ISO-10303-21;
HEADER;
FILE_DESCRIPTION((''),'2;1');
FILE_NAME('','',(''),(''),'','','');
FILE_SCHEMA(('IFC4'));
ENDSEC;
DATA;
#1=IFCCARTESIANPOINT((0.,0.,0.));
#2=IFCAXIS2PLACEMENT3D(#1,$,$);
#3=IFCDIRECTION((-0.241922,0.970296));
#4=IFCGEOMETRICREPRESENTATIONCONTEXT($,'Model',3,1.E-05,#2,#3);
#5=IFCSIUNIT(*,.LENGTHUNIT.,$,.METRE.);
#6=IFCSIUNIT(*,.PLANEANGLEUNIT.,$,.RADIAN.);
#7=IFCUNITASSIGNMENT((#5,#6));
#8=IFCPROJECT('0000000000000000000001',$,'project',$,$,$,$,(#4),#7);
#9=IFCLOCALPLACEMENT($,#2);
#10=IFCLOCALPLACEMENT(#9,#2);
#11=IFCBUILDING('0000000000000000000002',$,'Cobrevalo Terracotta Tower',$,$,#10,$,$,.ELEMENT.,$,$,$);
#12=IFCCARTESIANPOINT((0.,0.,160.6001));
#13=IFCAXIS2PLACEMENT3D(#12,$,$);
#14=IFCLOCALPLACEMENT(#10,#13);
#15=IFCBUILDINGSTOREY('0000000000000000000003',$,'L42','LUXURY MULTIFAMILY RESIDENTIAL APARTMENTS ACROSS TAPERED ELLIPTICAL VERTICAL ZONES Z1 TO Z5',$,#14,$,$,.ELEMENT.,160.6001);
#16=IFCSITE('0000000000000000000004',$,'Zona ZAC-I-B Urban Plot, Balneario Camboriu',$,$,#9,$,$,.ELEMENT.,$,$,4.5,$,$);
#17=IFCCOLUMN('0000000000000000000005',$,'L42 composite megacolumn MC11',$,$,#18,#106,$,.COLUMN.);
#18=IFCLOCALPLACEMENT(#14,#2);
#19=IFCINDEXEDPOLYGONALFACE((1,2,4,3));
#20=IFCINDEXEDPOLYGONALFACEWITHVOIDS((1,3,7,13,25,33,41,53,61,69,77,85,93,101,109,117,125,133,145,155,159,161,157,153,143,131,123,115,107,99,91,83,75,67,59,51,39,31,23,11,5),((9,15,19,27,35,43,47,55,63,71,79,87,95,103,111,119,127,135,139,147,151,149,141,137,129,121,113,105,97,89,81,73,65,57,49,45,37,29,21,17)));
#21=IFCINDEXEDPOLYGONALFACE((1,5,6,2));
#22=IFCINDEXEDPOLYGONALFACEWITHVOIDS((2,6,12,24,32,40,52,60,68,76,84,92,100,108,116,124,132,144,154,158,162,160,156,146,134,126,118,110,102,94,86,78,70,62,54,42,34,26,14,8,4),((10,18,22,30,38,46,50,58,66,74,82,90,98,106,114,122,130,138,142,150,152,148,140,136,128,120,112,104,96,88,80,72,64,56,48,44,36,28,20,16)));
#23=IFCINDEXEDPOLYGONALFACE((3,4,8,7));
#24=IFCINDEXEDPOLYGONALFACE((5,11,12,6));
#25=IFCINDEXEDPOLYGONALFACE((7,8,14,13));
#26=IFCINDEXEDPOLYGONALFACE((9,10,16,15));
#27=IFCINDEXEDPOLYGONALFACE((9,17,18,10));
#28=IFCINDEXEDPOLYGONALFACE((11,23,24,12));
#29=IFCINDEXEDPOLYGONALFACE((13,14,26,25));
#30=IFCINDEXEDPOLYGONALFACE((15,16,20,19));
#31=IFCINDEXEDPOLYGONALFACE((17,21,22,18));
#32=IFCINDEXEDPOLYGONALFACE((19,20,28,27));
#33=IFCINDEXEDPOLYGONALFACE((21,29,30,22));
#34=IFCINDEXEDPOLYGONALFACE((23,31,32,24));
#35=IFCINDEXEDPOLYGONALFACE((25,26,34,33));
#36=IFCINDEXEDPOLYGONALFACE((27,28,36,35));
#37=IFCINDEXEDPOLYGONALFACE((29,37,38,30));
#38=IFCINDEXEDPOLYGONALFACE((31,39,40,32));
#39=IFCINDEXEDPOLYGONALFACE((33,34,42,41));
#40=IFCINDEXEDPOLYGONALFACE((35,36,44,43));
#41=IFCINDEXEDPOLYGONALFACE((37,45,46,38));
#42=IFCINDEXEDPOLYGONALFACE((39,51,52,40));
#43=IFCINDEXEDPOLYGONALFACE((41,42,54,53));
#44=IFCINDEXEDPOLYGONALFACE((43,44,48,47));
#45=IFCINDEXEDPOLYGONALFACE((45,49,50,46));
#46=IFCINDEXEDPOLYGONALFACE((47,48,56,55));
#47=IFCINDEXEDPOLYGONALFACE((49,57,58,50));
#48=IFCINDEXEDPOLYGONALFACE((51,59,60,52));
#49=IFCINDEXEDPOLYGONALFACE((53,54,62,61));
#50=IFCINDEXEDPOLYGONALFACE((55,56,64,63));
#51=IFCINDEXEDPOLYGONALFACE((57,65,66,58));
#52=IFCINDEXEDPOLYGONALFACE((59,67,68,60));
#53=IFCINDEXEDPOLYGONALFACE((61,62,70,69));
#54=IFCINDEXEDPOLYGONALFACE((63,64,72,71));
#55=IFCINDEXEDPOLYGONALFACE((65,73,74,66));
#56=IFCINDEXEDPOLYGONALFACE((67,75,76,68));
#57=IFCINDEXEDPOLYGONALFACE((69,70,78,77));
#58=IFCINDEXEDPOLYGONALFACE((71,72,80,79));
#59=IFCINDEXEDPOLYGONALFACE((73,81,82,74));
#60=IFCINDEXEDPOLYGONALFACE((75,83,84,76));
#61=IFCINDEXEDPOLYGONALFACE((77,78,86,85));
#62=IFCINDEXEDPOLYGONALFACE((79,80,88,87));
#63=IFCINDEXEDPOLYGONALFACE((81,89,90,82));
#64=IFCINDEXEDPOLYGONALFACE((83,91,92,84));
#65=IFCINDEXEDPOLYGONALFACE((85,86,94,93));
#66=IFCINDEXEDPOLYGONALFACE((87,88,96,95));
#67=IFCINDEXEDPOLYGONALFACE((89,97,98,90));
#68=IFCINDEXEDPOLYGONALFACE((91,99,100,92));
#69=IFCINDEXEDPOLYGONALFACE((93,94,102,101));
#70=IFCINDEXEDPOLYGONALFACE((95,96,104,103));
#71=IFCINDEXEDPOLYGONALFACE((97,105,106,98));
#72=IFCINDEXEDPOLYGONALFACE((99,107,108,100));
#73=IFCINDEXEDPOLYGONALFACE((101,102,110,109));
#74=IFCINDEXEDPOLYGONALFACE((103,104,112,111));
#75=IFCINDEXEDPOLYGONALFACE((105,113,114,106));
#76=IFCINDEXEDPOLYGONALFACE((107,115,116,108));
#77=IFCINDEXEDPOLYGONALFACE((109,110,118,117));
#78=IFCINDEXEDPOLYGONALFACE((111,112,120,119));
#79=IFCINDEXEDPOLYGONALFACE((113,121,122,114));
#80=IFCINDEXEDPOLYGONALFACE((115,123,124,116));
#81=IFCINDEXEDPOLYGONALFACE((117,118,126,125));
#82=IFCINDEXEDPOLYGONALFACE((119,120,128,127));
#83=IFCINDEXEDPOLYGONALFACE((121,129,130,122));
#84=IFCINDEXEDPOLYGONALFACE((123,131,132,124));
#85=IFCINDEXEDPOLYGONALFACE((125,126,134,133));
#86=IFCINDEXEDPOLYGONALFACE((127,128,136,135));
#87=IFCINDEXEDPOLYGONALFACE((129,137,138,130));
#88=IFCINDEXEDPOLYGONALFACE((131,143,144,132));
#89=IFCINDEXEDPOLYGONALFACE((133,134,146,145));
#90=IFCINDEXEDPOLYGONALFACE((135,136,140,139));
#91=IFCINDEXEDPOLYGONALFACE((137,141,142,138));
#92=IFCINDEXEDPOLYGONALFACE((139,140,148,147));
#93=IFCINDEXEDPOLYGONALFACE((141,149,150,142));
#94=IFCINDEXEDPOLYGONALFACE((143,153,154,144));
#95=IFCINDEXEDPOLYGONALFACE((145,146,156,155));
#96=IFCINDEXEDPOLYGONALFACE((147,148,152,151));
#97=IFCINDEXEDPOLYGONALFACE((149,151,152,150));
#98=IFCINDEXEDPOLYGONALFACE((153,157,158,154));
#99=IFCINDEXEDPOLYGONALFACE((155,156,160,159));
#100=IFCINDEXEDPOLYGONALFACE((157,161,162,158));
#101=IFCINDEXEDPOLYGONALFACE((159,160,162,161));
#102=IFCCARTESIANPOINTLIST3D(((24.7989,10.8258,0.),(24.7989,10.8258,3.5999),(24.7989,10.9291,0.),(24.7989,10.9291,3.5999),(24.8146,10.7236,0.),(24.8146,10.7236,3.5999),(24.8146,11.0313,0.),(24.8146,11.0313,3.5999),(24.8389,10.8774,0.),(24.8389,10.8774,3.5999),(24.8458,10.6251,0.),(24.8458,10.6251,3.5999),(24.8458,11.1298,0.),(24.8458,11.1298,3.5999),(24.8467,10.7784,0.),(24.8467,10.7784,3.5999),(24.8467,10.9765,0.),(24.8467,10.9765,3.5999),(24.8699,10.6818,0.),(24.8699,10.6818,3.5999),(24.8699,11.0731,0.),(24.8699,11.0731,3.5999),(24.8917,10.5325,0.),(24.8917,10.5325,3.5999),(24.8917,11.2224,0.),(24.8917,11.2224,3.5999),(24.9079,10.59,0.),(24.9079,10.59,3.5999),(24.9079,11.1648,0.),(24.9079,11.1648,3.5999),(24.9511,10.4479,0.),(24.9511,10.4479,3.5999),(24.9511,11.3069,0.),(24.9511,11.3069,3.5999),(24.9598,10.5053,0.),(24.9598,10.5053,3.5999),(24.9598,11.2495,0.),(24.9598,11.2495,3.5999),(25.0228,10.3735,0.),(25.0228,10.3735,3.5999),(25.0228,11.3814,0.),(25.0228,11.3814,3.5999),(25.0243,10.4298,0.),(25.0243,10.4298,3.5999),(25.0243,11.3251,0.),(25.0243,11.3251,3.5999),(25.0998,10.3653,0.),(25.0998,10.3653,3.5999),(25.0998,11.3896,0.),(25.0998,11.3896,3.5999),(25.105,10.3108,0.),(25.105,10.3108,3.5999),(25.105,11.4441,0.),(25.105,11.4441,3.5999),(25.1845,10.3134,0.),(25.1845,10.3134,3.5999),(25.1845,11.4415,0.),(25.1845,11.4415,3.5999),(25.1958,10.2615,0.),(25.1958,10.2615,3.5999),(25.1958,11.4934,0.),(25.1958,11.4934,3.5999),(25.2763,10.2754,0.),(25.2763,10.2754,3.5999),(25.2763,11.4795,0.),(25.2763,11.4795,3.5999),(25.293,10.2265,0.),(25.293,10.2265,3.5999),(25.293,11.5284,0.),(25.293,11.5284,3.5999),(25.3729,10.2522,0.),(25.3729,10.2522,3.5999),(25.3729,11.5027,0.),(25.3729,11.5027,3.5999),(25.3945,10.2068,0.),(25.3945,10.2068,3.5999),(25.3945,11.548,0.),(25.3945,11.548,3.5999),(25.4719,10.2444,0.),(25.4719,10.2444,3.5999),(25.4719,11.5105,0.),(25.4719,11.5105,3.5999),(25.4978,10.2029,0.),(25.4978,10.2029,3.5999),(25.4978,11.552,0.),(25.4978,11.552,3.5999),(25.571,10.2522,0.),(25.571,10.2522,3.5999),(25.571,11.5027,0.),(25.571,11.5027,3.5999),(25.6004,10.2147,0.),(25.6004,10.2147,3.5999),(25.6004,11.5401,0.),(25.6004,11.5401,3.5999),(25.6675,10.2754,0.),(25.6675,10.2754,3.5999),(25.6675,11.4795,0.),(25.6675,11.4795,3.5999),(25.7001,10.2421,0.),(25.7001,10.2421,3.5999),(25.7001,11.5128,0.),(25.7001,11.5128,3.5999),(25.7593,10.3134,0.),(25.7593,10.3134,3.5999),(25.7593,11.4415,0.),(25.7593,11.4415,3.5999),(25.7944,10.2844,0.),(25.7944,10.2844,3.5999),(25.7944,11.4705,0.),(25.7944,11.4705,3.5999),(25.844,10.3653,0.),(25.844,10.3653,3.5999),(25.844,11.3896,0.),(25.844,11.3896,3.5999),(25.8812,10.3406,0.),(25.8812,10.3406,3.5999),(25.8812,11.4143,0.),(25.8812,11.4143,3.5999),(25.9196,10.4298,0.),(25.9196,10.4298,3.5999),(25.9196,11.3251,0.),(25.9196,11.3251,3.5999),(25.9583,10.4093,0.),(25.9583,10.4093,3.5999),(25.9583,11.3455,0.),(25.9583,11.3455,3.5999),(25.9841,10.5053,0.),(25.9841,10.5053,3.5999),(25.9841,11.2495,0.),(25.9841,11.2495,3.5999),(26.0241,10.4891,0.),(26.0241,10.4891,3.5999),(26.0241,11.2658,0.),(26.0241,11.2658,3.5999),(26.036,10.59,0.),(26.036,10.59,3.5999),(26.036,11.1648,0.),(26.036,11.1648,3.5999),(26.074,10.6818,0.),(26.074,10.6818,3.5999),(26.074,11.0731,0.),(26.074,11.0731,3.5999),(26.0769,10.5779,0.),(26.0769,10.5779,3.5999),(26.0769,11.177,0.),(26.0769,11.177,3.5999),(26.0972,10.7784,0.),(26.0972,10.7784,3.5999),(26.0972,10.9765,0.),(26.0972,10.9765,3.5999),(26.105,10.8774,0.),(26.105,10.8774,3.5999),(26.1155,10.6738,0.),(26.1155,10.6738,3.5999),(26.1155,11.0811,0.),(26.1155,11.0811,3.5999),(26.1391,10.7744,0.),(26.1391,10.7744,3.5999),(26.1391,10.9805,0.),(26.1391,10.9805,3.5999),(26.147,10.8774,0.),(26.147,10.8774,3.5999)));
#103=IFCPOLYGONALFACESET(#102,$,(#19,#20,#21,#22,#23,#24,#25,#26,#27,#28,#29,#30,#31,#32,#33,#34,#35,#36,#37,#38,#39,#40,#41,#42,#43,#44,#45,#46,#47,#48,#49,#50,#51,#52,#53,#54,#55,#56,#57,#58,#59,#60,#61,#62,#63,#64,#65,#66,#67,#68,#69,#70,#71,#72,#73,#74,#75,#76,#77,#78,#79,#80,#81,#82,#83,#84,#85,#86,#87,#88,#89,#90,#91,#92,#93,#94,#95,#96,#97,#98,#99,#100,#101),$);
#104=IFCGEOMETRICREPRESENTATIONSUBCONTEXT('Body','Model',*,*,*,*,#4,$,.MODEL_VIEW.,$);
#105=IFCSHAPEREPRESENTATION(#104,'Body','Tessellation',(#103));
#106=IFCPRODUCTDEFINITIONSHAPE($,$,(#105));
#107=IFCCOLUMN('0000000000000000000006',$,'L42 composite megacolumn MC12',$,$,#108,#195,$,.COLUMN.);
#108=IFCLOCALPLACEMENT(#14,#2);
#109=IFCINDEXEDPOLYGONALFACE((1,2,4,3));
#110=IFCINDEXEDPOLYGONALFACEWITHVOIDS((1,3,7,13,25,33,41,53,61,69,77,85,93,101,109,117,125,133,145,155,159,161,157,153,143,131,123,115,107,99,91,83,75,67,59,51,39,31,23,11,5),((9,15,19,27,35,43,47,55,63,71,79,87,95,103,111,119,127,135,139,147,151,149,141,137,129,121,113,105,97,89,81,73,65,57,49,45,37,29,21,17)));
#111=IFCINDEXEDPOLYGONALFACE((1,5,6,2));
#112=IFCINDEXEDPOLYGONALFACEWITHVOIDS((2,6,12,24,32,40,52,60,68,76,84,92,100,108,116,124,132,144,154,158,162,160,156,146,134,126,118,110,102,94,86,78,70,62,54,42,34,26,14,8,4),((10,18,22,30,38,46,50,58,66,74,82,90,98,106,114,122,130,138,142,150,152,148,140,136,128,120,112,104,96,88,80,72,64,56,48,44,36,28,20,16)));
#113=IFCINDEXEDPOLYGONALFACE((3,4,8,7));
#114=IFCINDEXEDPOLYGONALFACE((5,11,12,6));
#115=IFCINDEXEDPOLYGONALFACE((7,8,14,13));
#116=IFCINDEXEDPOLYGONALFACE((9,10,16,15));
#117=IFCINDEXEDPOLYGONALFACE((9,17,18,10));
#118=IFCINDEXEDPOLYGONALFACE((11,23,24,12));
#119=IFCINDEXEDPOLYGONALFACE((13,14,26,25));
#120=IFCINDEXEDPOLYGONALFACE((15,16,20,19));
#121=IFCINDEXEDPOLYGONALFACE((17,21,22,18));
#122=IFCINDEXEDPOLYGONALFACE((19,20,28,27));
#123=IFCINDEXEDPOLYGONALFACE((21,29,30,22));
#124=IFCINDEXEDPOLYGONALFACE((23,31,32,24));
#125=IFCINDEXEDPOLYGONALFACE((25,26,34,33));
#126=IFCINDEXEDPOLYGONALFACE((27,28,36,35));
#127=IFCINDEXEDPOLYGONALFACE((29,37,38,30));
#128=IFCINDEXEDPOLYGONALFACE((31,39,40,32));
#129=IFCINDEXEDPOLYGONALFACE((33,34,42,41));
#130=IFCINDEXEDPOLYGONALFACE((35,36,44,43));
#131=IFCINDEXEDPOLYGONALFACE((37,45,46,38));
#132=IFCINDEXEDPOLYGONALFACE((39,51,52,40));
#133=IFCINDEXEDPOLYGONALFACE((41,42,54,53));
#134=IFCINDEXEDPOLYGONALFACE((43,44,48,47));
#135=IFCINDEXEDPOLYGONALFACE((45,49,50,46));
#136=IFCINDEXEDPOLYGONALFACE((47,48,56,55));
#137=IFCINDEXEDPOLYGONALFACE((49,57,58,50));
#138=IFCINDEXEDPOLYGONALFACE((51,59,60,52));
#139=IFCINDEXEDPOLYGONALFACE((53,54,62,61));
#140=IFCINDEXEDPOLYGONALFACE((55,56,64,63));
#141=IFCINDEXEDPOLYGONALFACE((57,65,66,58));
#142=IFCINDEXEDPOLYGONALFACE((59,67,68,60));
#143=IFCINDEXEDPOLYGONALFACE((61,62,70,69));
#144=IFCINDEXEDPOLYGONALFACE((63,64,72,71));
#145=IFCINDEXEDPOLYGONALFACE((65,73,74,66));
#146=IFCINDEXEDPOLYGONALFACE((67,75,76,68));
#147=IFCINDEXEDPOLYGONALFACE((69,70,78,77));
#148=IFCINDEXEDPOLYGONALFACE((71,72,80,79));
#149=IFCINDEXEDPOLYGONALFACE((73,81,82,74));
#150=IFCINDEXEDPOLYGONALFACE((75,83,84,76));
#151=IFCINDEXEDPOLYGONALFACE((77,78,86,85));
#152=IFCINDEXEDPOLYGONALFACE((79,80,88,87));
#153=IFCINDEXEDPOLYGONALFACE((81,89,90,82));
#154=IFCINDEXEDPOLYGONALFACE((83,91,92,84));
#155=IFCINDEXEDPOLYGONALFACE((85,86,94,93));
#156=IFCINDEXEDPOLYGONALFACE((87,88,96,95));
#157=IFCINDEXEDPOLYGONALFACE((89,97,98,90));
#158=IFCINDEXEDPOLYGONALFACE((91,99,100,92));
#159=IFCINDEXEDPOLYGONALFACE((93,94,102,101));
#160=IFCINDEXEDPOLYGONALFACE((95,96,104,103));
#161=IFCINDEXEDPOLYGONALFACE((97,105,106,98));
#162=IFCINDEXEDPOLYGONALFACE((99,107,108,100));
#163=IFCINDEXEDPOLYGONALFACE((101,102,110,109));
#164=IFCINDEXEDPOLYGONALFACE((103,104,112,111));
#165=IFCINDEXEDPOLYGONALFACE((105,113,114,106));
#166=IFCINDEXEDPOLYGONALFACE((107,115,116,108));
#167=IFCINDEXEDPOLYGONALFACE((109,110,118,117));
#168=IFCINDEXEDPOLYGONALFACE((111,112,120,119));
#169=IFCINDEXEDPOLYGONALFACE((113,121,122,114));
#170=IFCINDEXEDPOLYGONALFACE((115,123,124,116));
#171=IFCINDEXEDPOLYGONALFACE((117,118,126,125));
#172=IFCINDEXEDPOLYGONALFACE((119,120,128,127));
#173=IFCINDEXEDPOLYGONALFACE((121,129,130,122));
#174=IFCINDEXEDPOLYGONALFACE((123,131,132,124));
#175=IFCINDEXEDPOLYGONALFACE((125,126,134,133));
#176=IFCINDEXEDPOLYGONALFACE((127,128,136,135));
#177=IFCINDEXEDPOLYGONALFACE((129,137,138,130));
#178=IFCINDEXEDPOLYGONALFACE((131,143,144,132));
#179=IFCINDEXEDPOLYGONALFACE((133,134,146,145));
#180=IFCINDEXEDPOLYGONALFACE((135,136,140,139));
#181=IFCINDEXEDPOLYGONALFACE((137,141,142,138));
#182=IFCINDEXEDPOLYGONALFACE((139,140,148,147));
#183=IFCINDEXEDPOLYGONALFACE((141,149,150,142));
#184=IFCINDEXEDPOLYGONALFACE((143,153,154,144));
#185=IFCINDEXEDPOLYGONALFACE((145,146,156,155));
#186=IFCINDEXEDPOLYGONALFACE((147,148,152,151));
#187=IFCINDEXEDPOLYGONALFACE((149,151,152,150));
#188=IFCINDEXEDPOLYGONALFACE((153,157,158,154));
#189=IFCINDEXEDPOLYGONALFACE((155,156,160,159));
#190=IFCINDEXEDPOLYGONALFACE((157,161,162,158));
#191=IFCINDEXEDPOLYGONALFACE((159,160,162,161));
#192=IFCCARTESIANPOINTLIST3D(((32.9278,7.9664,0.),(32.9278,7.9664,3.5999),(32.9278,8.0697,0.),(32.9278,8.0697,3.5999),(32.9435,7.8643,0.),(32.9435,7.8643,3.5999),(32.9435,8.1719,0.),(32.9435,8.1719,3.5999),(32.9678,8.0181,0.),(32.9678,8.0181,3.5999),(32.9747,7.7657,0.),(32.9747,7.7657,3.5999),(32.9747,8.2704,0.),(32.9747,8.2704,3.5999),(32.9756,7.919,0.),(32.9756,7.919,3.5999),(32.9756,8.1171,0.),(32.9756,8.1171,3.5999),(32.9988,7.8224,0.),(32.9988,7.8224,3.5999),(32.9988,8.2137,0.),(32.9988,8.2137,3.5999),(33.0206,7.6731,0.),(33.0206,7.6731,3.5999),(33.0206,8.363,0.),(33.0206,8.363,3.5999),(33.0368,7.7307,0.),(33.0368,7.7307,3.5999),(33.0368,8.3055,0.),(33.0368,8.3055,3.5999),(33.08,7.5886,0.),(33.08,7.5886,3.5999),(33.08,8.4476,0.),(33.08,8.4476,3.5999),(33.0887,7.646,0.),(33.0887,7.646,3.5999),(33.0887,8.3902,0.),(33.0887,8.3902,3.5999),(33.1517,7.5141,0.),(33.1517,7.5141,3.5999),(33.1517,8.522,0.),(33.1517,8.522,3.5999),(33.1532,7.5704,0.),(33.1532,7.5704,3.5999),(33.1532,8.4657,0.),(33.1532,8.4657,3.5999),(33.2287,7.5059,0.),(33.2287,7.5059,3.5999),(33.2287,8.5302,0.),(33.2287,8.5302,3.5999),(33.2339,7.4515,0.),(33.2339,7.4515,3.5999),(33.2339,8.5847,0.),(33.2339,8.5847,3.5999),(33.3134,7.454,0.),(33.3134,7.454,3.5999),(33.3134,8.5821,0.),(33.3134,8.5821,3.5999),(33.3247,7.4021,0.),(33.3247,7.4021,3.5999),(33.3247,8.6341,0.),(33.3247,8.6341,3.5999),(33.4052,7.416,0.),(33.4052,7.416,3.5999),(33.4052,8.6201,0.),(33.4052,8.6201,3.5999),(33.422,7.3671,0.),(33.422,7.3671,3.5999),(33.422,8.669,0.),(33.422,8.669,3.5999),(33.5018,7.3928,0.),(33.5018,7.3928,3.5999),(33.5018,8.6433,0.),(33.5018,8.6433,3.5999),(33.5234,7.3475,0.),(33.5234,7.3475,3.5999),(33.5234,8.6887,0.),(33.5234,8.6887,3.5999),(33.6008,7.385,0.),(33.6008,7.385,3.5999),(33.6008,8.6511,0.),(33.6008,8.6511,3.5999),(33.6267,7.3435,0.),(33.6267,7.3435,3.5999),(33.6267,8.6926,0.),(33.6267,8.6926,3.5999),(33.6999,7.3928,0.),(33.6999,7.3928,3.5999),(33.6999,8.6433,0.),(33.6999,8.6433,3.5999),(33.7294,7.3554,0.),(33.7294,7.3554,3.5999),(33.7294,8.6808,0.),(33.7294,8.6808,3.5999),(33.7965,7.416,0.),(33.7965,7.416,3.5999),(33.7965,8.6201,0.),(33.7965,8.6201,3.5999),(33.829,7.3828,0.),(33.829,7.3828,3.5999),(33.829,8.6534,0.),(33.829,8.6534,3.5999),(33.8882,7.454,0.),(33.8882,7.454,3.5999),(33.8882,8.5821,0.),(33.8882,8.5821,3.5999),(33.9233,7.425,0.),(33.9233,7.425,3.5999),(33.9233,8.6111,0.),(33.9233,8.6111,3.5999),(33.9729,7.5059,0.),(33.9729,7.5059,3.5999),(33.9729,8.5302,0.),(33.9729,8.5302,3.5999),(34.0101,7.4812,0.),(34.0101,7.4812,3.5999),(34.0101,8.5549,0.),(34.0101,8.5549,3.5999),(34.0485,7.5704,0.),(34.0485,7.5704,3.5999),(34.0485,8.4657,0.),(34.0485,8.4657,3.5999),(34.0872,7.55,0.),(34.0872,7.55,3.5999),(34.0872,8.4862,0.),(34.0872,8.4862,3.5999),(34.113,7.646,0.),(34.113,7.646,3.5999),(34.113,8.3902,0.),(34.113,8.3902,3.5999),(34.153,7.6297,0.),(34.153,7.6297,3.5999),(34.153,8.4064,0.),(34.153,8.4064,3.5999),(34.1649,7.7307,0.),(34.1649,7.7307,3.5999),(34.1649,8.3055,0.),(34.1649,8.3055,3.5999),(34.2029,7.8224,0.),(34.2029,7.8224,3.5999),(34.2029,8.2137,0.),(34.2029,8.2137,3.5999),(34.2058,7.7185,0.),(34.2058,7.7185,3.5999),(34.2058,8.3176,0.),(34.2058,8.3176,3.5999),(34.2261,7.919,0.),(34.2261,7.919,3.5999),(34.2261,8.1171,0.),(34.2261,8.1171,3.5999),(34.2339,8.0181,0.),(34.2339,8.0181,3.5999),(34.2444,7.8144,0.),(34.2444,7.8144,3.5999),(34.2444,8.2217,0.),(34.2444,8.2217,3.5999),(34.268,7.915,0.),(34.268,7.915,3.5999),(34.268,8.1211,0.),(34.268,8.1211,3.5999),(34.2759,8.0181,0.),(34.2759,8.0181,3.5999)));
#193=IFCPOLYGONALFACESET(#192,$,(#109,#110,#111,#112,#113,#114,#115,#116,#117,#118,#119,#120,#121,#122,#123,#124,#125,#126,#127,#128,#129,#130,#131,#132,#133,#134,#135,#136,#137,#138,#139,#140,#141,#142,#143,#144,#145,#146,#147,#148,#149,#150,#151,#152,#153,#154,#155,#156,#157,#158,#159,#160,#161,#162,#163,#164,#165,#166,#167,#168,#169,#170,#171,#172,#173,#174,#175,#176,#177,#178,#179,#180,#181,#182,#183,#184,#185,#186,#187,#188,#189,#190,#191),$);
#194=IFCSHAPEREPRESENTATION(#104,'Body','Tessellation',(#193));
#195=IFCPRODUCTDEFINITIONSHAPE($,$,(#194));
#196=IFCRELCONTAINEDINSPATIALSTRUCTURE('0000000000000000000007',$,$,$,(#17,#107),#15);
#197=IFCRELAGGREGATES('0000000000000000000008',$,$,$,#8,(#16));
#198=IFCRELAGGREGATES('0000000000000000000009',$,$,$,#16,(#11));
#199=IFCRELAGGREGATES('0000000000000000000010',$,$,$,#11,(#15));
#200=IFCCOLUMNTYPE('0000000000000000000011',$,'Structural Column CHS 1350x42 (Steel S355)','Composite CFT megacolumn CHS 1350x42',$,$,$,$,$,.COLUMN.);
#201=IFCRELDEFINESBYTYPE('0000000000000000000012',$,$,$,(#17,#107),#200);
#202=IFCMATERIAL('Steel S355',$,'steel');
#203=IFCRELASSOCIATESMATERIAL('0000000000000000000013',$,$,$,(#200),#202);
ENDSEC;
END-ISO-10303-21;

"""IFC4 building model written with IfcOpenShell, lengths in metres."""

from ifc_helpers import new_model, si_unit, direction, frame, origin, origin_2d, place, context, subcontext, project, spatial, hollow_circle, extrude, material, material_profile, profile_set, type_object, element, save


model = new_model("IFC4")

# Units and contexts
model_context = context("Model", 3, precision=1e-05, world=origin(), true_north=direction((-0.241922, 0.970296)))
body_context = subcontext(model_context, "Body", "Model", "MODEL_VIEW")
ifc_project = project(units=[si_unit("LENGTHUNIT", "METRE"), si_unit("PLANEANGLEUNIT", "RADIAN")], contexts=[model_context])

# Site, building, storey
site_placement = place(None, origin())
site = spatial("IfcSite", under=ifc_project, at=site_placement, Name="Zona ZAC-I-B Urban Plot, Balneario Camboriu", CompositionType="ELEMENT", RefElevation=4.5)
building_placement = place(site_placement, origin())
building = spatial("IfcBuilding", under=site, at=building_placement, Name="Cobrevalo Terracotta Tower", CompositionType="ELEMENT")
storey_placement = place(building_placement, frame((0.0, 0.0, 160.6001)))
storey = spatial("IfcBuildingStorey", under=building, at=storey_placement, Name="L42", Description="LUXURY MULTIFAMILY RESIDENTIAL APARTMENTS ACROSS TAPERED ELLIPTICAL VERTICAL ZONES Z1 TO Z5", CompositionType="ELEMENT", Elevation=160.6001)

# Columns
ifc_material_1 = material(Name="Steel S355", Category="steel")
ifc_material_profile_1 = material_profile(ifc_material_1, hollow_circle(Radius=0.675, WallThickness=0.042, at=origin_2d()), Name="CHS 1350x42")
ifc_profile_set_1 = profile_set([ifc_material_profile_1], Name="Steel S355")
column_type = type_object("IfcColumnType", Name="Structural Column CHS 1350x42 (Steel S355)", Description="Composite CFT megacolumn CHS 1350x42", PredefinedType="COLUMN", material=ifc_profile_set_1)
for number, where, z_axis, x_axis, name in (
    (1, (25.4719, 10.8774, 0.0), (0.0, 0.0, 1.0), (1.0, 0.0, 0.0), "L42 composite megacolumn MC11"),
    (2, (33.6008, 8.0181, 0.0), (0.0, 0.0, 1.0), (1.0, 0.0, 0.0), "L42 composite megacolumn MC12"),
):
    element("IfcColumn", number, at=place(storey_placement, frame(where, z_axis=z_axis, x_axis=x_axis)), inside=storey, type_object=column_type, Name=name, PredefinedType="COLUMN", context=body_context, shape_type="SweptSolid", body=[
        extrude(hollow_circle(Radius=0.675, WallThickness=0.042, at=origin_2d()), origin(), (0.0, 0.0, 1.0), 3.5999),
    ])

save(model, "model.ifc")
